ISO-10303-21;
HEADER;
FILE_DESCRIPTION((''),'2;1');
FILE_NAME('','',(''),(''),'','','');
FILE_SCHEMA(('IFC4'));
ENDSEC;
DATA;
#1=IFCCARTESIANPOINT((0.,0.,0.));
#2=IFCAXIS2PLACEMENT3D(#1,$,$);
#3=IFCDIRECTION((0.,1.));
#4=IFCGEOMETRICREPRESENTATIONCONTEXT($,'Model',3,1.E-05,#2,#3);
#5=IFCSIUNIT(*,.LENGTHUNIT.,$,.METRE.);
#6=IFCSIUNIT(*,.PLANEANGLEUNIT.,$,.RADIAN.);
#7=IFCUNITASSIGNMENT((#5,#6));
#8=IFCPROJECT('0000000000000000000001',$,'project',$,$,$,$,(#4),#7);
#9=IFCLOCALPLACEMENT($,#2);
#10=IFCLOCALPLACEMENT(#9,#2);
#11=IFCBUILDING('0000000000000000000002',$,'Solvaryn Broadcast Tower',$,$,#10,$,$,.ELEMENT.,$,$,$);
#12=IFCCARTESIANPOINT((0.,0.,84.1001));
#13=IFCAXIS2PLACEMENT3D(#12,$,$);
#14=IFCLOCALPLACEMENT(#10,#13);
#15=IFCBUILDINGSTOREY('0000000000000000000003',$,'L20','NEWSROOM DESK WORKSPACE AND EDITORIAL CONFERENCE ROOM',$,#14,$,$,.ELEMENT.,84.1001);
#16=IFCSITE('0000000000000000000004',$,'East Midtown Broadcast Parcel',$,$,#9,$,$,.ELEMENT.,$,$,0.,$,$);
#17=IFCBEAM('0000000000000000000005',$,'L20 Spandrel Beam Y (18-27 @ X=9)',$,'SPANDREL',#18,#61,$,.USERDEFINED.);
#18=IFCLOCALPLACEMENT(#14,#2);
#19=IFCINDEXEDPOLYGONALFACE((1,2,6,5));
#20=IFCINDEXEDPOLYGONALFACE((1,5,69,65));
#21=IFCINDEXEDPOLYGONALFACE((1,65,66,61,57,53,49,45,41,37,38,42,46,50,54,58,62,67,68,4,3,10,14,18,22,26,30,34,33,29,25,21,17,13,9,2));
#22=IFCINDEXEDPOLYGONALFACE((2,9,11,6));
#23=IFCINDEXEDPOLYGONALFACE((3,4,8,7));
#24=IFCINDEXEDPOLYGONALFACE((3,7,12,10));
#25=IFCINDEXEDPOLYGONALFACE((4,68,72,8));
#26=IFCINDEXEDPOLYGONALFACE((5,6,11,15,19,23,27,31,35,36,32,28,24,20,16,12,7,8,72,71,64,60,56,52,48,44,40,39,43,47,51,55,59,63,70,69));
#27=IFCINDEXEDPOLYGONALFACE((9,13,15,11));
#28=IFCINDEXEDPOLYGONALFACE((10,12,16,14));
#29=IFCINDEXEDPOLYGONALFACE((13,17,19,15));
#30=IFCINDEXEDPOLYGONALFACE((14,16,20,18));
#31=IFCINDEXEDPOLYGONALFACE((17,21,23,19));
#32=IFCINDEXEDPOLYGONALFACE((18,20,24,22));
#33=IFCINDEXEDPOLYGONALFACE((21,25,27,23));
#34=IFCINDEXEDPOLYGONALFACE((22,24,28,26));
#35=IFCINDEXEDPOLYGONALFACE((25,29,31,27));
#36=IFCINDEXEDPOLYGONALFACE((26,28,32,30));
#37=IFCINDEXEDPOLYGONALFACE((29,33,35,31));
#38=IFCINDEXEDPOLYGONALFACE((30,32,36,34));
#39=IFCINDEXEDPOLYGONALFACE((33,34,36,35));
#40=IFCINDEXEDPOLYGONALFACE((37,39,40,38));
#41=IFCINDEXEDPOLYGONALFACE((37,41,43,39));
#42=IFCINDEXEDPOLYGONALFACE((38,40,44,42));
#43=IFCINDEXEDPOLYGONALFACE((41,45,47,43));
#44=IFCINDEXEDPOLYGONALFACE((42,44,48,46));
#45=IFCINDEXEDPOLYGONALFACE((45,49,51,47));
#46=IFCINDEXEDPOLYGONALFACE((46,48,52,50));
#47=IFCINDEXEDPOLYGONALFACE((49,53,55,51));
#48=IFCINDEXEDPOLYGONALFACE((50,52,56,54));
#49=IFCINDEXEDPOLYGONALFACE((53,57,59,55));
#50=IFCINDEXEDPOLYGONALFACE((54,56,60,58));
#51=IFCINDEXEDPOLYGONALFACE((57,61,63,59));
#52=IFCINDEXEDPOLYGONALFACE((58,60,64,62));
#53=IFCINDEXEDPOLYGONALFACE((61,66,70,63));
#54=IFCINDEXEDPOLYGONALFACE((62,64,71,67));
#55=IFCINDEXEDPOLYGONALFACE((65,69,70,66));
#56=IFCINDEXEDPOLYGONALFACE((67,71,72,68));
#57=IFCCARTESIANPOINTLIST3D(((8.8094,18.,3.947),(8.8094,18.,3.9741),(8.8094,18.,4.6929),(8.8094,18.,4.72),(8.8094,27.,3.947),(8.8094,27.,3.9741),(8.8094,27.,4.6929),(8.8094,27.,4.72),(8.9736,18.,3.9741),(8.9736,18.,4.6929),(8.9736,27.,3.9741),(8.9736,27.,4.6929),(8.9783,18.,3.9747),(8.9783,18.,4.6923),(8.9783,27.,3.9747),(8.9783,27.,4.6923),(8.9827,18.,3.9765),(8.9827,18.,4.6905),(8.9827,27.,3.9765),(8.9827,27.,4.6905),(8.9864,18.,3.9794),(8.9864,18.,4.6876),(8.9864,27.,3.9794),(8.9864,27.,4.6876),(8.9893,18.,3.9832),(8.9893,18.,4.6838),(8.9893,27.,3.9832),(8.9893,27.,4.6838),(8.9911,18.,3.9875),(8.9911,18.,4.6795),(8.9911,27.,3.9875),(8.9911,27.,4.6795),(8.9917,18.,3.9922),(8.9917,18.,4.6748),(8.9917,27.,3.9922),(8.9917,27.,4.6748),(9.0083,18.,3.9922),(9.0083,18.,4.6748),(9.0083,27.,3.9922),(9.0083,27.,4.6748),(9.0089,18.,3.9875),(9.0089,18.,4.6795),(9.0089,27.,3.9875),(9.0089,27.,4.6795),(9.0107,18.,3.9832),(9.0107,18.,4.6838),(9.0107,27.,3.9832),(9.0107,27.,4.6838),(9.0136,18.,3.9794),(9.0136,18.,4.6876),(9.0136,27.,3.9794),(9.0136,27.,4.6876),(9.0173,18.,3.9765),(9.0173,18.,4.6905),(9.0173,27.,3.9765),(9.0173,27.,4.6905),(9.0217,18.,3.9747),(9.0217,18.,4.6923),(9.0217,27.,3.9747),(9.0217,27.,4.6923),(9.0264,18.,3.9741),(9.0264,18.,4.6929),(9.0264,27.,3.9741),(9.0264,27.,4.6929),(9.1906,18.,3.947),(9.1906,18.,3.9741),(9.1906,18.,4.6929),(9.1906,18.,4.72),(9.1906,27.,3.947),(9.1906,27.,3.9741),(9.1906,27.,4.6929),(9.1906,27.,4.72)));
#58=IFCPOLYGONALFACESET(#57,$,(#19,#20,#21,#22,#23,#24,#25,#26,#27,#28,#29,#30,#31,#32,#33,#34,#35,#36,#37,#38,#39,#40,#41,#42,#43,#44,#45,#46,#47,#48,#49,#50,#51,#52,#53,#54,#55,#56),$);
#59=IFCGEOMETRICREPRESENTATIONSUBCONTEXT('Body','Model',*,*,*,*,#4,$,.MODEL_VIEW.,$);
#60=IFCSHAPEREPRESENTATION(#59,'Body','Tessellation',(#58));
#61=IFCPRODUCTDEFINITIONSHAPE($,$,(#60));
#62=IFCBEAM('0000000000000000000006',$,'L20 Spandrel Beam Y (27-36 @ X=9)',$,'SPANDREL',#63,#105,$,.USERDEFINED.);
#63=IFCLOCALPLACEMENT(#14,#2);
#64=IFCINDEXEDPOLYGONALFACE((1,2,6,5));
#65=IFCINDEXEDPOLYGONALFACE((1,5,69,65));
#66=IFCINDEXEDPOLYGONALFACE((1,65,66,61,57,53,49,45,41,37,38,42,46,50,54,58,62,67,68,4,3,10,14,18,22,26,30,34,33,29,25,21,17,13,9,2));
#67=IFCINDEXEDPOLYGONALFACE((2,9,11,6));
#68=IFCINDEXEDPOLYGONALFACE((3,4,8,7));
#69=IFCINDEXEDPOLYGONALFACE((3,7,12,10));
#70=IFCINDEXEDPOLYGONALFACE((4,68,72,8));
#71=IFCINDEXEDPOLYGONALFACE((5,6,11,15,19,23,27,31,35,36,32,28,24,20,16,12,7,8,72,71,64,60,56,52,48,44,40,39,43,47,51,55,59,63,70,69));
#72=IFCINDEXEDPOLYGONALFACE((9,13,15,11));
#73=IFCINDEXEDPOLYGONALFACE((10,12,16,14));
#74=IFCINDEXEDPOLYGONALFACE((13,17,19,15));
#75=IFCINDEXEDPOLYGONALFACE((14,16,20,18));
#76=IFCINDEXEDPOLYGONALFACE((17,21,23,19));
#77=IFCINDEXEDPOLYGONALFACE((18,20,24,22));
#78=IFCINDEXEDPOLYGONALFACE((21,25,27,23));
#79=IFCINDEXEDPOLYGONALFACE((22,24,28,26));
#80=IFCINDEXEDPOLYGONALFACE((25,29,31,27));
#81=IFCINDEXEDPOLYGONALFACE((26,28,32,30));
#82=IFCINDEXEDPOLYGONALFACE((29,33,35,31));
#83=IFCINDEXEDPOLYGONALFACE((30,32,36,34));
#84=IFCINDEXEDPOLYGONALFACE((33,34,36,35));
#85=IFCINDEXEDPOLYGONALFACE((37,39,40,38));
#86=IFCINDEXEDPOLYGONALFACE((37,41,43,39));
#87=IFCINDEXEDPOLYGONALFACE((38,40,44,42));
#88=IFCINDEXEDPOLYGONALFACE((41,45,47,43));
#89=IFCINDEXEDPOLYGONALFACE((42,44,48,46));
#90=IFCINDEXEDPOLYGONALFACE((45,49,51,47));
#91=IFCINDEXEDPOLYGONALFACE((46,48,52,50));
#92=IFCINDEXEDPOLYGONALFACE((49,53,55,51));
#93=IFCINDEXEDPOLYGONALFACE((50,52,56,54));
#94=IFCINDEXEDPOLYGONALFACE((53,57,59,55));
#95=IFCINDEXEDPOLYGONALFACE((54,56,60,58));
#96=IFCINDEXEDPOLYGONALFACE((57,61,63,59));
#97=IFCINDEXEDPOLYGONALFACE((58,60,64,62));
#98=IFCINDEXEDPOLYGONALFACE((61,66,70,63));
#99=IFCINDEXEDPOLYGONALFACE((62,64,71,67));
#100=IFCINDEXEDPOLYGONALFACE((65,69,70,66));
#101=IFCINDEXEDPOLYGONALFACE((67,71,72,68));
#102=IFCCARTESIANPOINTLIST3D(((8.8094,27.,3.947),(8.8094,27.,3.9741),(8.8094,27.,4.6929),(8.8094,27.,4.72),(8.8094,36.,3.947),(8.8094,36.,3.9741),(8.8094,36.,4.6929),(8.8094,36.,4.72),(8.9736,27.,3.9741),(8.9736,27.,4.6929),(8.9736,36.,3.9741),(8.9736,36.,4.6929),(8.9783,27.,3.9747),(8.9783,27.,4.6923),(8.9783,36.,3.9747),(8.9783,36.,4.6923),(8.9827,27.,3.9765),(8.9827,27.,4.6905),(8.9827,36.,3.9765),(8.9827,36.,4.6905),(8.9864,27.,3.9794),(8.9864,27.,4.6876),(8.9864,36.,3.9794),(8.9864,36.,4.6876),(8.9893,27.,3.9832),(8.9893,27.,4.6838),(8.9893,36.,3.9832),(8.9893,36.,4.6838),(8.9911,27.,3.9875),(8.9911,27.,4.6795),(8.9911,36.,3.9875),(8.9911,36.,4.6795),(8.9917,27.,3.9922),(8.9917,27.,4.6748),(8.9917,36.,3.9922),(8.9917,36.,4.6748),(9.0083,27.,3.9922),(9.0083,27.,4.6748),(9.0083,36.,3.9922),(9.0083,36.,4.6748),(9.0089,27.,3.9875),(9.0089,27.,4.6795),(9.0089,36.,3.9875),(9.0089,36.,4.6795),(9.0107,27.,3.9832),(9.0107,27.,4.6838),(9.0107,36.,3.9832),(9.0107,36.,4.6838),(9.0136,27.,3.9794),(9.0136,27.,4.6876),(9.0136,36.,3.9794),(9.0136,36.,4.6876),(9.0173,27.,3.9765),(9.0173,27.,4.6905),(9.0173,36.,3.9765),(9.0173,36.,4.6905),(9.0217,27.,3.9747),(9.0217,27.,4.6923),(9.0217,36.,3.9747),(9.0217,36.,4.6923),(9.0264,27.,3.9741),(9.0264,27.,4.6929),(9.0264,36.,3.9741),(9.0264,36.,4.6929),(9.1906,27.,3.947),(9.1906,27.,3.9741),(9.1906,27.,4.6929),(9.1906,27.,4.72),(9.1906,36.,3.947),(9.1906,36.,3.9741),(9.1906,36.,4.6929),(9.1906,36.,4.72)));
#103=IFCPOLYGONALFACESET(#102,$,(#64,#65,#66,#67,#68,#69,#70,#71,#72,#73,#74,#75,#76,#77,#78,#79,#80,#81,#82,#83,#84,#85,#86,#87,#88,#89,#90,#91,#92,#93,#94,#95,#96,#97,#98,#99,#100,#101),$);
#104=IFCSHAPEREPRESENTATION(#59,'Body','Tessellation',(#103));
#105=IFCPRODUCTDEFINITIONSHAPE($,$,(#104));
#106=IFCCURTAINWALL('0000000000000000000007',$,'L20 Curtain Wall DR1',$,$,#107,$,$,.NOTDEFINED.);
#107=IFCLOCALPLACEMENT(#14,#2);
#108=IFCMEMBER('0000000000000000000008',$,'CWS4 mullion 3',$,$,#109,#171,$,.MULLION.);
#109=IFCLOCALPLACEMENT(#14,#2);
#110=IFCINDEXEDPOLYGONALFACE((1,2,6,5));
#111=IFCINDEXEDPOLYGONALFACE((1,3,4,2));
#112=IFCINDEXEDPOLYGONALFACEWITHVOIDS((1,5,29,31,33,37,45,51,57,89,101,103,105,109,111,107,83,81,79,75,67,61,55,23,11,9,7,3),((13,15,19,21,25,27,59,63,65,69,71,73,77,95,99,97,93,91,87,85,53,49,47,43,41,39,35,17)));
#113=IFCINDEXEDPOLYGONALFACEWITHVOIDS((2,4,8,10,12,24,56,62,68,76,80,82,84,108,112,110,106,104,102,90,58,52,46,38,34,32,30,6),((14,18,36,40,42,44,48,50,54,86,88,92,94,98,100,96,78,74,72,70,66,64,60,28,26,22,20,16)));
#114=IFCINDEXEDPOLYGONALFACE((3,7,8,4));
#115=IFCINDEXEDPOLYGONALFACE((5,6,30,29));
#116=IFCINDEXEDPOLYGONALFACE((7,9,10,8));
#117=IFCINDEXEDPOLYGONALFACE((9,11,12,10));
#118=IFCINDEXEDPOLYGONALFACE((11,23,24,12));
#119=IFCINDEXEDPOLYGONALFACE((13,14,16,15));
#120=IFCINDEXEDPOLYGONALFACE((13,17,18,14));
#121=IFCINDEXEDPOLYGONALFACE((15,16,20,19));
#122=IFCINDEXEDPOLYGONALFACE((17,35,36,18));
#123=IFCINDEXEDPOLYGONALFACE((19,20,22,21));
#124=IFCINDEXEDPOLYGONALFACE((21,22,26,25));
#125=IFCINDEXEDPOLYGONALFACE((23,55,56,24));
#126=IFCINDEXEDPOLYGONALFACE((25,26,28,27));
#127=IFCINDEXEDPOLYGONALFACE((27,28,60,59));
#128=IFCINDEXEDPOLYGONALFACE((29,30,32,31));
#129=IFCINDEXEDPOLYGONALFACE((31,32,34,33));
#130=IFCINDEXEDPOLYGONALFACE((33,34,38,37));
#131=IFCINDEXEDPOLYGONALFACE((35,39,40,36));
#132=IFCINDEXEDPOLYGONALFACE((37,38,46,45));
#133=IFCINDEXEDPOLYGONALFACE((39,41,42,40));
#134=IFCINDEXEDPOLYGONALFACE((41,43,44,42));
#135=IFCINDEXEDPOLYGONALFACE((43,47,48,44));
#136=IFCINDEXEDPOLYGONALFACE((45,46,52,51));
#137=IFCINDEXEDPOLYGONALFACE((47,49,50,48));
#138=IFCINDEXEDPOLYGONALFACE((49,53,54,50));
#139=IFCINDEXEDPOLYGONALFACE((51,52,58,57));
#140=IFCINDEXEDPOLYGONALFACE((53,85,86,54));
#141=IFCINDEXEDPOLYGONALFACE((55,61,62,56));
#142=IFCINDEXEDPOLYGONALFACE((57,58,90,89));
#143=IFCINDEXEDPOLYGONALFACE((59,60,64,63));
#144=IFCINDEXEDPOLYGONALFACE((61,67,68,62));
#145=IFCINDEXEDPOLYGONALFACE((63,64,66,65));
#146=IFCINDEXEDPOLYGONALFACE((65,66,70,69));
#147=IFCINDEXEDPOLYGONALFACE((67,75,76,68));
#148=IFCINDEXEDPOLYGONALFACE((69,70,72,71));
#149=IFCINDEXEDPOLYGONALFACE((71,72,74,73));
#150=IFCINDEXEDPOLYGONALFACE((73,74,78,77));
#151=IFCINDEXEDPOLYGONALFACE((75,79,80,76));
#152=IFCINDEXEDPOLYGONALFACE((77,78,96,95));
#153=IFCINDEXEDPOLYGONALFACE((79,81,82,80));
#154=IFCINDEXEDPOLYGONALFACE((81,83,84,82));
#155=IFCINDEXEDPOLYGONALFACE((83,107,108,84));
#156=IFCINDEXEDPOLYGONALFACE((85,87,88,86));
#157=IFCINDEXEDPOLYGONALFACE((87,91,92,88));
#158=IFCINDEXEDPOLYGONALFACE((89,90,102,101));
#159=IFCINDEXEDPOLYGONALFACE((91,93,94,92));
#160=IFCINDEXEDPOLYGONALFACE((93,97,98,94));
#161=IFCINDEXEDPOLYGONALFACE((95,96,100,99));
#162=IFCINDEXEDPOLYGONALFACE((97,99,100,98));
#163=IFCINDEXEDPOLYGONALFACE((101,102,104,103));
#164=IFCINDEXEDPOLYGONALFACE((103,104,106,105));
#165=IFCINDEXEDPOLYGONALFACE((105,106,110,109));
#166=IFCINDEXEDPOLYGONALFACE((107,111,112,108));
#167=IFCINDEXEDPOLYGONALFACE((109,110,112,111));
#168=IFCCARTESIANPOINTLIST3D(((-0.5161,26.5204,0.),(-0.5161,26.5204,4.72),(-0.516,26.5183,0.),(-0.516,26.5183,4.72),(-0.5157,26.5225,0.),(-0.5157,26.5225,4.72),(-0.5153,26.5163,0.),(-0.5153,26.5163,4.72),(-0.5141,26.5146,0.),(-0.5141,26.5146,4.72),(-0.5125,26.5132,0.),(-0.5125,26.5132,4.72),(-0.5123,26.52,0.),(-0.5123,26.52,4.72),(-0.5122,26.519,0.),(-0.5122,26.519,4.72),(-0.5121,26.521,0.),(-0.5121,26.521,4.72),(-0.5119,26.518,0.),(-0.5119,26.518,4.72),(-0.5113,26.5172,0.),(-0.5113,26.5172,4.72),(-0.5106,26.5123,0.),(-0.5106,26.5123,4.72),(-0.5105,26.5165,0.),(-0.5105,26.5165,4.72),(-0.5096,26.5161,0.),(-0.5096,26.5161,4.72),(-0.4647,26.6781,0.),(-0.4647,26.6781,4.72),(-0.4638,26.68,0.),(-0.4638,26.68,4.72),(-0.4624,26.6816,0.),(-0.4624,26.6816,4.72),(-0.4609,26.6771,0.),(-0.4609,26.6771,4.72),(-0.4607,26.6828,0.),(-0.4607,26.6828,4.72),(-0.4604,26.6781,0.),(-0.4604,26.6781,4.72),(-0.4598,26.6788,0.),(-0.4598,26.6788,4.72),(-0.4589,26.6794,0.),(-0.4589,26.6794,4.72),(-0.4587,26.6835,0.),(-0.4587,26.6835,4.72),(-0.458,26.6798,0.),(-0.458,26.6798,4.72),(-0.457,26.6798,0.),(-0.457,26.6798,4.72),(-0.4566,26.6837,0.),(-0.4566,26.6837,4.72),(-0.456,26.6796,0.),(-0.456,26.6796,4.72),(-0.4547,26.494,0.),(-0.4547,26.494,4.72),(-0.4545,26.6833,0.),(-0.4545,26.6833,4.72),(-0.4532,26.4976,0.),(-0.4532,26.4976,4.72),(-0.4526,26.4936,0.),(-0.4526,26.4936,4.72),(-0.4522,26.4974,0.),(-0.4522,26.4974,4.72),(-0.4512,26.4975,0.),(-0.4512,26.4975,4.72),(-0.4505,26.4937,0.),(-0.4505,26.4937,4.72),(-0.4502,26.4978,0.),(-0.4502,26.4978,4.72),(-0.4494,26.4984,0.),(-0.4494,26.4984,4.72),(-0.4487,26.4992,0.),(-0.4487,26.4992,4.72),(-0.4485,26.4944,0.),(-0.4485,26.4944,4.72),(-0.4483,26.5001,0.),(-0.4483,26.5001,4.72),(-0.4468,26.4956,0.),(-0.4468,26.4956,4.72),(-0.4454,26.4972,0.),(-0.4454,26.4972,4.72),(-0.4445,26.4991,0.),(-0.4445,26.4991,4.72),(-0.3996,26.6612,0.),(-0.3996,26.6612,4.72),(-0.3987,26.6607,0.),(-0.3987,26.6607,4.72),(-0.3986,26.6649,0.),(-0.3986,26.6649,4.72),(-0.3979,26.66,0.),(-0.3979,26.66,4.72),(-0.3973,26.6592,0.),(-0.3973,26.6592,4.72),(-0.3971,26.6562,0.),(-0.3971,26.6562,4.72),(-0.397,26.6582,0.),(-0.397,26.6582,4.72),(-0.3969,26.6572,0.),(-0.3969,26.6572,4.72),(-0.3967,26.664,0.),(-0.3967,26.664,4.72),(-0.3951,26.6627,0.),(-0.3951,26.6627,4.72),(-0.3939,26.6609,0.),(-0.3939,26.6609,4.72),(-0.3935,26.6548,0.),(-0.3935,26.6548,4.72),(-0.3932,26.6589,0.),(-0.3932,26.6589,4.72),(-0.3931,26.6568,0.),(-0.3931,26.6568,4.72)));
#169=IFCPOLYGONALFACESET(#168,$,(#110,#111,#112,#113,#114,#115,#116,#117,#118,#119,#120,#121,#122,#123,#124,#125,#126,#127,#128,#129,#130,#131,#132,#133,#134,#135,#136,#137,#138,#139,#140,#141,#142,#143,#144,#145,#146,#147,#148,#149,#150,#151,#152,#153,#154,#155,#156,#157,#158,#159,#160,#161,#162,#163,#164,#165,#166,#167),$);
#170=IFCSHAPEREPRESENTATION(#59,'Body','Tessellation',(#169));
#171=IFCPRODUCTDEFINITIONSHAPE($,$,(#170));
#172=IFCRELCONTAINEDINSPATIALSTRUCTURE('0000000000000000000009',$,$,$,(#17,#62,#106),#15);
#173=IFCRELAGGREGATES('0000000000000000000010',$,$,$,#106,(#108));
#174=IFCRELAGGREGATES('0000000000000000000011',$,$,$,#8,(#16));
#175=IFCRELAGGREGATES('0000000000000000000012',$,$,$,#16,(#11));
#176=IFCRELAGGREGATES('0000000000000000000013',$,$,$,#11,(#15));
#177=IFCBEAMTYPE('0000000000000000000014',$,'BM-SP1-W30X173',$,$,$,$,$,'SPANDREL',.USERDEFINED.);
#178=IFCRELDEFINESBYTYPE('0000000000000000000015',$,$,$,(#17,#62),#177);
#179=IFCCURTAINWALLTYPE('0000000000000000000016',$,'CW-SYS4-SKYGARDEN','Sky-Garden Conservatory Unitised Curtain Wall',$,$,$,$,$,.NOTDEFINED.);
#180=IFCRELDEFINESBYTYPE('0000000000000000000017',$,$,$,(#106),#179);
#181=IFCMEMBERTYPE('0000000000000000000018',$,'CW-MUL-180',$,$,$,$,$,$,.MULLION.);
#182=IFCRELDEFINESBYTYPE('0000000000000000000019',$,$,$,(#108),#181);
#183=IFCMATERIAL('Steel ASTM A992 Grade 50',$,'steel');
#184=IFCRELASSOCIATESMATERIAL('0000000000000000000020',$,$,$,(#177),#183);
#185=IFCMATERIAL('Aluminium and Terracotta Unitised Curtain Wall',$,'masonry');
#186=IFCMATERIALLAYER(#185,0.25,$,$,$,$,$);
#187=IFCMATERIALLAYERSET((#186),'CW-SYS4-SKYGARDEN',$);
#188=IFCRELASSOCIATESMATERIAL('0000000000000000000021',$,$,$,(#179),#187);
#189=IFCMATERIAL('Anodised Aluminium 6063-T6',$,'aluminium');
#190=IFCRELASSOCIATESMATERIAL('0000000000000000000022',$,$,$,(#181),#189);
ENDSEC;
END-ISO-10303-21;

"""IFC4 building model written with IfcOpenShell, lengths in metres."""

from ifc_helpers import new_model, si_unit, direction, frame, origin, origin_2d, place, context, subcontext, project, spatial, hollow_rectangle, i_section, extrude, material, layer, layer_set, material_profile, profile_set, type_object, element, aggregate, save


model = new_model("IFC4")

# Units and contexts
model_context = context("Model", 3, precision=1e-05, world=origin(), true_north=direction((0.0, 1.0)))
body_context = subcontext(model_context, "Body", "Model", "MODEL_VIEW")
ifc_project = project(units=[si_unit("LENGTHUNIT", "METRE"), si_unit("PLANEANGLEUNIT", "RADIAN")], contexts=[model_context])

# Site, building, storey
site_placement = place(None, origin())
site = spatial("IfcSite", under=ifc_project, at=site_placement, Name="East Midtown Broadcast Parcel", CompositionType="ELEMENT", RefElevation=0.0)
building_placement = place(site_placement, origin())
building = spatial("IfcBuilding", under=site, at=building_placement, Name="Solvaryn Broadcast Tower", CompositionType="ELEMENT")
storey_placement = place(building_placement, frame((0.0, 0.0, 84.1001)))
storey = spatial("IfcBuildingStorey", under=building, at=storey_placement, Name="L20", Description="NEWSROOM DESK WORKSPACE AND EDITORIAL CONFERENCE ROOM", CompositionType="ELEMENT", Elevation=84.1001)

# Beams
ifc_material_1 = material(Name="Steel ASTM A992 Grade 50", Category="steel")
ifc_material_profile_1 = material_profile(ifc_material_1, i_section(OverallWidth=0.3811, OverallDepth=0.7729, WebThickness=0.0166, FlangeThickness=0.0271, FilletRadius=0.0181, at=origin_2d()))
ifc_profile_set_1 = profile_set([ifc_material_profile_1], Name="Steel ASTM A992 Grade 50")
beam_type_1 = type_object("IfcBeamType", Name="BM-SP1-W30X173", ElementType="SPANDREL", PredefinedType="USERDEFINED", material=ifc_profile_set_1)
for number, where, z_axis, x_axis, name in (
    (1, (9.0, 18.0, 4.3335), (0.0, 1.0, 0.0), (-1.0, 0.0, 0.0), "L20 Spandrel Beam Y (18-27 @ X=9)"),
    (2, (9.0, 27.0, 4.3335), (0.0, 1.0, 0.0), (-1.0, 0.0, 0.0), "L20 Spandrel Beam Y (27-36 @ X=9)"),
):
    element("IfcBeam", number, at=place(storey_placement, frame(where, z_axis=z_axis, x_axis=x_axis)), inside=storey, type_object=beam_type_1, Name=name, ObjectType="SPANDREL", PredefinedType="USERDEFINED", context=body_context, shape_type="SweptSolid", body=[
        extrude(i_section(OverallWidth=0.3811, OverallDepth=0.7729, WebThickness=0.0166, FlangeThickness=0.0271, FilletRadius=0.0181, at=origin_2d()), origin(), (0.0, 0.0, 1.0), 9.0),
    ])

# Curtain wall, member
ifc_material_2 = material(Name="Aluminium and Terracotta Unitised Curtain Wall", Category="masonry")
ifc_layer_1 = layer(ifc_material_2, 0.25)
ifc_layer_set_1 = layer_set([ifc_layer_1], Name="CW-SYS4-SKYGARDEN")
curtain_wall_type = type_object("IfcCurtainWallType", Name="CW-SYS4-SKYGARDEN", Description="Sky-Garden Conservatory Unitised Curtain Wall", PredefinedType="NOTDEFINED", material=ifc_layer_set_1)
curtain_wall_1_placement = place(storey_placement, origin())
curtain_wall_1 = element("IfcCurtainWall", 3, at=curtain_wall_1_placement, inside=storey, type_object=curtain_wall_type, Name="L20 Curtain Wall DR1", PredefinedType="NOTDEFINED")
ifc_material_3 = material(Name="Anodised Aluminium 6063-T6", Category="aluminium")
ifc_material_profile_2 = material_profile(ifc_material_3, hollow_rectangle(XDim=0.075, YDim=0.1799, WallThickness=0.0039, InnerFilletRadius=0.0039, OuterFilletRadius=0.0081, at=origin_2d()))
ifc_profile_set_2 = profile_set([ifc_material_profile_2], Name="Anodised Aluminium 6063-T6")
member_type_1 = type_object("IfcMemberType", Name="CW-MUL-180", PredefinedType="MULLION", material=ifc_profile_set_2)
member_1_placement = place(storey_placement, frame((-0.4546, 26.5886, 0.0), z_axis=(0.0, 0.0, 1.0), x_axis=(0.950215, -0.311594, 0.0)))
member_1 = element("IfcMember", 4, at=member_1_placement, type_object=member_type_1, Name="CWS4 mullion 3", PredefinedType="MULLION", context=body_context, shape_type="SweptSolid", body=[
    extrude(hollow_rectangle(XDim=0.075, YDim=0.1799, WallThickness=0.0039, InnerFilletRadius=0.0039, OuterFilletRadius=0.0081, at=origin_2d()), origin(), (0.0, 0.0, 1.0), 4.72),
])
aggregate(curtain_wall_1, [member_1])

save(model, "model.ifc")
